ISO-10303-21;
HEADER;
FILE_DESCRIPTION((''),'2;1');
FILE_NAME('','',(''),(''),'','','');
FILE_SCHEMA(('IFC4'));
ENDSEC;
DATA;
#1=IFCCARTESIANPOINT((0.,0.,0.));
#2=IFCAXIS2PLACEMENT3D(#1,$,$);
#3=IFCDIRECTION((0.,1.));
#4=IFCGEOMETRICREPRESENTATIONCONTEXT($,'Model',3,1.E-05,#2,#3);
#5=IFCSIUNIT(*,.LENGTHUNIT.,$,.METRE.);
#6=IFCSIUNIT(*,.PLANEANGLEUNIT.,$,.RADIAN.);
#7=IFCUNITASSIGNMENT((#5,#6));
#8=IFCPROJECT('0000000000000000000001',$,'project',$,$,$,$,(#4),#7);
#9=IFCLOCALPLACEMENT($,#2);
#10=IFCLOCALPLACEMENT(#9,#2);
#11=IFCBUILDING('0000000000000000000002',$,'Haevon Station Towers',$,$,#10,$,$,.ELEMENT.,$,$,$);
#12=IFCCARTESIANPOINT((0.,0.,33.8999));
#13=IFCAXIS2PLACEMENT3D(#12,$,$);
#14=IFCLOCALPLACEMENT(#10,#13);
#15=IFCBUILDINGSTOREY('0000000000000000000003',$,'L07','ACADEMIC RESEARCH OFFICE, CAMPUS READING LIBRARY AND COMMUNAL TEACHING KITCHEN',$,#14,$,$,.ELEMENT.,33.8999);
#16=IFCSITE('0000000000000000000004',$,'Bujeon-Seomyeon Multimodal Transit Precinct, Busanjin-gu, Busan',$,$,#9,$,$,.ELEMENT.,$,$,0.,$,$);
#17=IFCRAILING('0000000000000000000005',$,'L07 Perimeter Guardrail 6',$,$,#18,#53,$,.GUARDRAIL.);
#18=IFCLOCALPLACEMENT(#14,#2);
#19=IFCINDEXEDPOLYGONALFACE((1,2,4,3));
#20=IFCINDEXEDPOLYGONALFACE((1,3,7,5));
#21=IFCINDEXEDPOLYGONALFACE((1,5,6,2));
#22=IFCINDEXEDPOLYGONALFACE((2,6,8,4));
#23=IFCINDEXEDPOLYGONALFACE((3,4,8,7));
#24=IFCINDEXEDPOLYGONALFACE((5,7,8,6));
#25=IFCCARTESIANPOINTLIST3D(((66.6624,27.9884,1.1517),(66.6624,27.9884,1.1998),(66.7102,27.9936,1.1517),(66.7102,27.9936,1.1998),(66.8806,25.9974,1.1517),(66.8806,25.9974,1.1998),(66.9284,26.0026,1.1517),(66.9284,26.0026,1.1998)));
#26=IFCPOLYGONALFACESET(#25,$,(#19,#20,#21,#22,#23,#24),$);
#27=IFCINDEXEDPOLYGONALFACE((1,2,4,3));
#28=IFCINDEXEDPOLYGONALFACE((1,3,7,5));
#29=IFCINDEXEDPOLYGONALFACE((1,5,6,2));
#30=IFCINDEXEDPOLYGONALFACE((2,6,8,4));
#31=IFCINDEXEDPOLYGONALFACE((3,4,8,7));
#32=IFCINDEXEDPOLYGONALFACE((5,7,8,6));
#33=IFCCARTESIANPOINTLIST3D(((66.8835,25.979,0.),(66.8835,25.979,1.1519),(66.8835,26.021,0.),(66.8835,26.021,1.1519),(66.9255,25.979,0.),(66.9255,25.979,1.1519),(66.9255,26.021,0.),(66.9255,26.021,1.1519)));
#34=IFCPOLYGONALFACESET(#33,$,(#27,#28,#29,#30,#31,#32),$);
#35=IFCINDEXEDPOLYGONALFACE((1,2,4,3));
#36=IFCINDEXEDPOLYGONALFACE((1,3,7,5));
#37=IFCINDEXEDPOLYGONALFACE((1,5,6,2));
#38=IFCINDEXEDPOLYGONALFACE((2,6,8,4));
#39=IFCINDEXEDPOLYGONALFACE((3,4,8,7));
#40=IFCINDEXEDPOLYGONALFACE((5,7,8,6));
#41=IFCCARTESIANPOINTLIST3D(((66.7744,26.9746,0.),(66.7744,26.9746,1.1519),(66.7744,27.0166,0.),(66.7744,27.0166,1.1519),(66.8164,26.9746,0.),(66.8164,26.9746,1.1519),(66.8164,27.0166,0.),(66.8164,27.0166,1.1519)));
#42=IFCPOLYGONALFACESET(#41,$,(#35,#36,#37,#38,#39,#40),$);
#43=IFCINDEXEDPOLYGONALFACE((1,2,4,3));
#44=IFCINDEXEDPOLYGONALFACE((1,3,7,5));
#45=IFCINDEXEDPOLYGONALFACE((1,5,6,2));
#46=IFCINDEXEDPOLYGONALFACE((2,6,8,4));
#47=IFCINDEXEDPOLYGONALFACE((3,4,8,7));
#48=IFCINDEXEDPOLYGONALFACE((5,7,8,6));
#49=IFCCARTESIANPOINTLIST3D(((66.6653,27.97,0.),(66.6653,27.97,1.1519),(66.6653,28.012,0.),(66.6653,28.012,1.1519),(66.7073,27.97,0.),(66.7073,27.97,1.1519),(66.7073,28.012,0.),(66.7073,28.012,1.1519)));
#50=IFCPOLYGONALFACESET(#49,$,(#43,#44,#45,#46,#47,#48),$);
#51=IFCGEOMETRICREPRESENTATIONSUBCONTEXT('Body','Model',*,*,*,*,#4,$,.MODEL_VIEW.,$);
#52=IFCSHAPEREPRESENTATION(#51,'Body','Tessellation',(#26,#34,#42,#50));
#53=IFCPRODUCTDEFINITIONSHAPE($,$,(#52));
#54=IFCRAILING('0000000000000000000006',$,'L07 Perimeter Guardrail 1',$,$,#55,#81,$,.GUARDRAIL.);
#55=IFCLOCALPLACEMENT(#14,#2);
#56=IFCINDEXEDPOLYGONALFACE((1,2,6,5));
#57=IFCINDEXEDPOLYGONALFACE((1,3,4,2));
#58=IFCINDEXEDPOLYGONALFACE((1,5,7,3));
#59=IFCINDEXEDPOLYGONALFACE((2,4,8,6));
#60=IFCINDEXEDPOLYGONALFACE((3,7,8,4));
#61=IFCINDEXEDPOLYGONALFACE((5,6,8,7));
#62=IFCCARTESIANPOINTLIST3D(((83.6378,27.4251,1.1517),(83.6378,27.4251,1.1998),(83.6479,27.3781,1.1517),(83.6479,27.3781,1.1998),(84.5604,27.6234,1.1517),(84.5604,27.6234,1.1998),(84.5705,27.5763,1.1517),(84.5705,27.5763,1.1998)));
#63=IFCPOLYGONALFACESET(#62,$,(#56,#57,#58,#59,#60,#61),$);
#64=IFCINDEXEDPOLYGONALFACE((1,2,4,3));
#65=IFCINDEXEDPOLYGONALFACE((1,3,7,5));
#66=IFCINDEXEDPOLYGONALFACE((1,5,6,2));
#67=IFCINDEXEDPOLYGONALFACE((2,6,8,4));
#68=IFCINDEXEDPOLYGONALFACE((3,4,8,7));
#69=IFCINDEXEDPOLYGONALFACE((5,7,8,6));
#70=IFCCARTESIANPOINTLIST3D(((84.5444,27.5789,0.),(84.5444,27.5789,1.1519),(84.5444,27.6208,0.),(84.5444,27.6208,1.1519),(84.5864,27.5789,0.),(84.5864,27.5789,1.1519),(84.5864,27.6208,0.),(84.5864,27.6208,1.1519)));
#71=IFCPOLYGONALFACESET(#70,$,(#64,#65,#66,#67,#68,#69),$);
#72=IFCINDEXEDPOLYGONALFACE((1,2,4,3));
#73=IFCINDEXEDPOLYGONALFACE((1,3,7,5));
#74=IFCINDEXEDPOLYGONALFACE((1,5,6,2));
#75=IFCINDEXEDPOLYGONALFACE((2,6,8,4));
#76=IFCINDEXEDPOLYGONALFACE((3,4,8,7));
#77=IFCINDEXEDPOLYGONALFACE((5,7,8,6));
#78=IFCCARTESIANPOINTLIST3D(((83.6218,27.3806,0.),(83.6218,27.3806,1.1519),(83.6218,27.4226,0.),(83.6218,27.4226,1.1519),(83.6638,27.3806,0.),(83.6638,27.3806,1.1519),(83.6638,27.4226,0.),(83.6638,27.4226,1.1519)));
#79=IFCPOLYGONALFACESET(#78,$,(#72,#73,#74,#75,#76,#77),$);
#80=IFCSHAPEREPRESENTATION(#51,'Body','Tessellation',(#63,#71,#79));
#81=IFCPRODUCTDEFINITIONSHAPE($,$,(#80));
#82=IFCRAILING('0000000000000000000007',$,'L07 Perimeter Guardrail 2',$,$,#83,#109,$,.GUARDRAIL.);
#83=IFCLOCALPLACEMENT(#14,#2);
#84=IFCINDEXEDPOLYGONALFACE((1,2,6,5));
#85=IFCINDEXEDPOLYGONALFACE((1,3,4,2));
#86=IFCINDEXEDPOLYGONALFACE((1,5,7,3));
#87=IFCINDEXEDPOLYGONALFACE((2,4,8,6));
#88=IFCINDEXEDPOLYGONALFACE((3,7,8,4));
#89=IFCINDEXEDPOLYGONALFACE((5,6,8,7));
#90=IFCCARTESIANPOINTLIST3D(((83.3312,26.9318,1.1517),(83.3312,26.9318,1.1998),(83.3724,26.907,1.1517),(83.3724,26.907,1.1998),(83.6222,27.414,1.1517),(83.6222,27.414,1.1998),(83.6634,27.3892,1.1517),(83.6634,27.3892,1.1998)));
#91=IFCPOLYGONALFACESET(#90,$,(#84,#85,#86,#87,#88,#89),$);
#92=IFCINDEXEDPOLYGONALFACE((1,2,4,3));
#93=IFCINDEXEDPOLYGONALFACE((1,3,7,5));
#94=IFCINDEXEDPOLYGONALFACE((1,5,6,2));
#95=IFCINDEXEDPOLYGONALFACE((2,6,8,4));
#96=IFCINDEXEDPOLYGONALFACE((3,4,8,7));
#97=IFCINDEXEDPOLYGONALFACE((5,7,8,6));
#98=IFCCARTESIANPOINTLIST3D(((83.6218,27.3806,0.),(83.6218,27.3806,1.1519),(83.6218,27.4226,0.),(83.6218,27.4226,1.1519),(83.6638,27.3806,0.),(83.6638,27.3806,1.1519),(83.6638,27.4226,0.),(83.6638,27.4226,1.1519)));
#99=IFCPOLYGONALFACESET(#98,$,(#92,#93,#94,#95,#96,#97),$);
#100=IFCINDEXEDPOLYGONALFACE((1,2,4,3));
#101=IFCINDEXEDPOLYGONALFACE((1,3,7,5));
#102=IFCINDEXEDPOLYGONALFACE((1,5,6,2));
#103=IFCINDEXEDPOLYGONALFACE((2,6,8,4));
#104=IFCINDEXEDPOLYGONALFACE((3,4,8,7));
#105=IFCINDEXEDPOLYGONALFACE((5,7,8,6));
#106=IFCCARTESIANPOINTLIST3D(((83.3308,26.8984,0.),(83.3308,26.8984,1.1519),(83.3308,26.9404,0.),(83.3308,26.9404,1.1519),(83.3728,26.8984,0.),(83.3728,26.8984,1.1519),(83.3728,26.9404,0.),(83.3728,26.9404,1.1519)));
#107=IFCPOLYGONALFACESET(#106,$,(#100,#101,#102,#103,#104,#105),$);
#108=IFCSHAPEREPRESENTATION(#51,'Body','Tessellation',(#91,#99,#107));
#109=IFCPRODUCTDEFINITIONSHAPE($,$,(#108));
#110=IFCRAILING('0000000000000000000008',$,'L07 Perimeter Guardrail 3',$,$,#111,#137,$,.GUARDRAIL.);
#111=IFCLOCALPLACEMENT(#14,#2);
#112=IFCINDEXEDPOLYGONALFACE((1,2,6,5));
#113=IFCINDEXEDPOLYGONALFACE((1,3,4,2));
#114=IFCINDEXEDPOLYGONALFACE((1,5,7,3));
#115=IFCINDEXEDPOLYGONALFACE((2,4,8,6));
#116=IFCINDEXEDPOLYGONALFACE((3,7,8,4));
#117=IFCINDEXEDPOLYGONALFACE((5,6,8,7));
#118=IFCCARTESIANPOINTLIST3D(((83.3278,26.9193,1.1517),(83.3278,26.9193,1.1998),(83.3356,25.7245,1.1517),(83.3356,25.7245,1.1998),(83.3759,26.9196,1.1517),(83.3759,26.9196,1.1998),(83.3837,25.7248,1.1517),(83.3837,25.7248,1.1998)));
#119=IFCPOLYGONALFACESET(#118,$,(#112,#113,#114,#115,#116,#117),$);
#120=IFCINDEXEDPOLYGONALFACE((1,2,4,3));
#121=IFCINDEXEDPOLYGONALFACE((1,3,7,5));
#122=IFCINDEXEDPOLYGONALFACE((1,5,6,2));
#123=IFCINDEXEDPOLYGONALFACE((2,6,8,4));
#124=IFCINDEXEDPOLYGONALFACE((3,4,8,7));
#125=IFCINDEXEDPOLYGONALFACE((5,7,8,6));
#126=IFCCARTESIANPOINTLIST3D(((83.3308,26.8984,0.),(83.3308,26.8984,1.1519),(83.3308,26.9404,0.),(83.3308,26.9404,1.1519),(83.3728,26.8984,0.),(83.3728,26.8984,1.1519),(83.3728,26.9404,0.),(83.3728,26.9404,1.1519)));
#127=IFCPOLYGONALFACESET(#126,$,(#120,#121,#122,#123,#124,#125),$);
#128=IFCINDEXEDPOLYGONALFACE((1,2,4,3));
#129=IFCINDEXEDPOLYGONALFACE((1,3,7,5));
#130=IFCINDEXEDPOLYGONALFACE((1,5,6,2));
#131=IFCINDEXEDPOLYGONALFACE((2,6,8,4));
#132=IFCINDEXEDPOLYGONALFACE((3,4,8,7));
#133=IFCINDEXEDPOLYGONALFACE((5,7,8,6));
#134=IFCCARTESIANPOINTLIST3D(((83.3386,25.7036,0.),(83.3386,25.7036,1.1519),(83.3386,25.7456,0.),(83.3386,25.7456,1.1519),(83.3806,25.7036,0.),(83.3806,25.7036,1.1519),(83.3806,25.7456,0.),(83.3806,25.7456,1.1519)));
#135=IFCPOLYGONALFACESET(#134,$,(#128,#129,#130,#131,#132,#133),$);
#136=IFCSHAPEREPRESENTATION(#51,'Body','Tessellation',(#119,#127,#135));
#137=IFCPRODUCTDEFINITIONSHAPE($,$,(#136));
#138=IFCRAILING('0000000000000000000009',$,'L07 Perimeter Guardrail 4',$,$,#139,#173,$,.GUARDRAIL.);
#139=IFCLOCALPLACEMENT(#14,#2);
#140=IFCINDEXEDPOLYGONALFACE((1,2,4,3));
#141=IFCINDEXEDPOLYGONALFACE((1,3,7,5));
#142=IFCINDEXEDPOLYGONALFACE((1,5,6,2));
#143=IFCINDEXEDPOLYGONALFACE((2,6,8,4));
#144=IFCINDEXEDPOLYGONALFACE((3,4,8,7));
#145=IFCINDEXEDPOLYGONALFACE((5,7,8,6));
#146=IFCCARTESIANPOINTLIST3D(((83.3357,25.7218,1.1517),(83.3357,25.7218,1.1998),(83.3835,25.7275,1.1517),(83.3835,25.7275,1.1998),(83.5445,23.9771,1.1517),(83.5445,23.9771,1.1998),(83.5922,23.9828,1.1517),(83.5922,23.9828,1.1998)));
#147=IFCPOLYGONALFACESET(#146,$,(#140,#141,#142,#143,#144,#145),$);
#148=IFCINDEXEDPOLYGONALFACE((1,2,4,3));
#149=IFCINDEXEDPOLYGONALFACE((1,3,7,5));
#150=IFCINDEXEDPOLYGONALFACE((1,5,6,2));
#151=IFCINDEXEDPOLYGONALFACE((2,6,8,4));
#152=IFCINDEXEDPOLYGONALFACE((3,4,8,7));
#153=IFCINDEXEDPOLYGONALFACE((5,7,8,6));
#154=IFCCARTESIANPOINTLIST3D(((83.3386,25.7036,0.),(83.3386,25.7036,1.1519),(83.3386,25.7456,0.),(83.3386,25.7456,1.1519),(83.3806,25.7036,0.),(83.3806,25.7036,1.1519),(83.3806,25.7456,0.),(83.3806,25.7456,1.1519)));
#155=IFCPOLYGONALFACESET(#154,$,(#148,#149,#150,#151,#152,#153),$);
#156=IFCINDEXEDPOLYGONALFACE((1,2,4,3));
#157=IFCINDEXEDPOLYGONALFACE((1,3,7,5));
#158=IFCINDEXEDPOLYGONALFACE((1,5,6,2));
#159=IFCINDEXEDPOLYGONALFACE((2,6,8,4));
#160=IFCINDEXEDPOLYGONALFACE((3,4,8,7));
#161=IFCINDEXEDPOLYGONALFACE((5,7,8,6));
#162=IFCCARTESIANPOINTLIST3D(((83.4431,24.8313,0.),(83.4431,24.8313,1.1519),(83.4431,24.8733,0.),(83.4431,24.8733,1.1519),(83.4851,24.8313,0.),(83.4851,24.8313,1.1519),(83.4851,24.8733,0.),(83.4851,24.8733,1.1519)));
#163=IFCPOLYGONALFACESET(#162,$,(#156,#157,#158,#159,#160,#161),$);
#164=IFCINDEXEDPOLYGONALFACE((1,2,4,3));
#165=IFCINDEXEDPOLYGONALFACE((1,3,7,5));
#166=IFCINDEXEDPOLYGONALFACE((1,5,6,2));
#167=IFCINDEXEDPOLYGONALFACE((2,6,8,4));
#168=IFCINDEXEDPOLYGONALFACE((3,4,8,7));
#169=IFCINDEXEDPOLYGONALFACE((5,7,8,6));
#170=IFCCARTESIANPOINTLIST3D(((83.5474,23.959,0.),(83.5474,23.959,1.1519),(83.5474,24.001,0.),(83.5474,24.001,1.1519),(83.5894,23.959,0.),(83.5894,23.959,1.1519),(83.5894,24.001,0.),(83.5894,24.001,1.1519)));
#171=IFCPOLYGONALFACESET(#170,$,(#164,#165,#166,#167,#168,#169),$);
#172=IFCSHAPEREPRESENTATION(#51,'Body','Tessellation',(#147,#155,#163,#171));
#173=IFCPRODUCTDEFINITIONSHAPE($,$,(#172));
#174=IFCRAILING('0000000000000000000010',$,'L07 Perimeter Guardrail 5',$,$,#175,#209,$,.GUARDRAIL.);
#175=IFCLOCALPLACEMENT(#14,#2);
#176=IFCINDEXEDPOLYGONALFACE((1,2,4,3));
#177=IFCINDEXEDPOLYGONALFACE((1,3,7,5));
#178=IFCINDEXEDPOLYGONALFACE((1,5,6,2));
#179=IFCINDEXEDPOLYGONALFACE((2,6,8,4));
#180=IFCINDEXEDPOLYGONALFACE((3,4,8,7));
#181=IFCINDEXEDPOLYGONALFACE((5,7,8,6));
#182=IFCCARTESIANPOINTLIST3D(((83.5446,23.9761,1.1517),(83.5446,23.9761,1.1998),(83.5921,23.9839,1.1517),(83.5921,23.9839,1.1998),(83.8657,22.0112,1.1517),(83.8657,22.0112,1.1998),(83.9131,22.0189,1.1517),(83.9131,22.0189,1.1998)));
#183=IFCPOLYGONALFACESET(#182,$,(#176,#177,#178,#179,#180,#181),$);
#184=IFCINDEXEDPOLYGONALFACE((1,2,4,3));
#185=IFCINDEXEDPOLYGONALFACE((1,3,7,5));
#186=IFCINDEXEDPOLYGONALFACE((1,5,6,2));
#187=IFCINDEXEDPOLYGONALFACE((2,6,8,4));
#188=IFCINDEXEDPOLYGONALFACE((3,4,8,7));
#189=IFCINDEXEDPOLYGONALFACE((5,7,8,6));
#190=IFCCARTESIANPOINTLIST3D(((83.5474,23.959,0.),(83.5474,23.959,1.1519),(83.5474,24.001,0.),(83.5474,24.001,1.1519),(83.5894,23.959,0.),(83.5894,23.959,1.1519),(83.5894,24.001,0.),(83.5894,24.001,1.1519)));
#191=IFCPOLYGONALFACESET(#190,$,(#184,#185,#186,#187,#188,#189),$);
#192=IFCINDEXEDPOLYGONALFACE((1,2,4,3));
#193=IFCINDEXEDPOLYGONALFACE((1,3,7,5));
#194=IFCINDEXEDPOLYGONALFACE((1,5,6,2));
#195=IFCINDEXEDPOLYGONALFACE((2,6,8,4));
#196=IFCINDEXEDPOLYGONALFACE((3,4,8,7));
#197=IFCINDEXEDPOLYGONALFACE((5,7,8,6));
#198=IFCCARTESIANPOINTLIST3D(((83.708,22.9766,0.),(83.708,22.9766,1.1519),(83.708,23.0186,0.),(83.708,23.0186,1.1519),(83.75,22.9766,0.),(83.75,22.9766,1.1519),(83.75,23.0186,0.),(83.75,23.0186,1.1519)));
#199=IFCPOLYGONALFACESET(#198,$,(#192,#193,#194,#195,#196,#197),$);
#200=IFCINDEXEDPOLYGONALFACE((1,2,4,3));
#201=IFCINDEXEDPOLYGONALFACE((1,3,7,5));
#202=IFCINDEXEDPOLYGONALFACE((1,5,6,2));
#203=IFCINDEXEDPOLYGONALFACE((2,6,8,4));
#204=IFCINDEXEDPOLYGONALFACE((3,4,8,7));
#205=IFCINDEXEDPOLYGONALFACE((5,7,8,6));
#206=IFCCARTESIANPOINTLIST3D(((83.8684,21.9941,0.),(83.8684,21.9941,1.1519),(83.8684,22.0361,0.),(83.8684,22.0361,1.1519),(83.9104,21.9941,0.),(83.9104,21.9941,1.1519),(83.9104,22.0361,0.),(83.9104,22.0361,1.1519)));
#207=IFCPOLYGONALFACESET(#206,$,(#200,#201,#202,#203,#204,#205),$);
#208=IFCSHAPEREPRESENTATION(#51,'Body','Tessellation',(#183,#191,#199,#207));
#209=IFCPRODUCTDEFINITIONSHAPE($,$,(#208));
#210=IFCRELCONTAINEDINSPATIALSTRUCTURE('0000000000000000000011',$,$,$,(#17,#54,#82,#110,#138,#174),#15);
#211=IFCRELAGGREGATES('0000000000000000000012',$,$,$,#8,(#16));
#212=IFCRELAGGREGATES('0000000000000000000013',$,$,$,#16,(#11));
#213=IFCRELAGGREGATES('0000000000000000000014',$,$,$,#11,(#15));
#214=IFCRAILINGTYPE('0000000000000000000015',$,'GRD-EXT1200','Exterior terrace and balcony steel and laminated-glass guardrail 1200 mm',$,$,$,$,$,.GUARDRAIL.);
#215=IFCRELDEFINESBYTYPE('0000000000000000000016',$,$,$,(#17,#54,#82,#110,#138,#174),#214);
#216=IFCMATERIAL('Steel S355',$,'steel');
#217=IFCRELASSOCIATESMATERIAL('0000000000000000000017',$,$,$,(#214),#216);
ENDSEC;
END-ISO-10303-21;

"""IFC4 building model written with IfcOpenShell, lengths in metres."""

from ifc_helpers import new_model, si_unit, direction, frame, origin, origin_2d, place, context, subcontext, project, spatial, rectangle, extrude, material, type_object, element, save


model = new_model("IFC4")

# Units and contexts
model_context = context("Model", 3, precision=1e-05, world=origin(), true_north=direction((0.0, 1.0)))
body_context = subcontext(model_context, "Body", "Model", "MODEL_VIEW")
ifc_project = project(units=[si_unit("LENGTHUNIT", "METRE"), si_unit("PLANEANGLEUNIT", "RADIAN")], contexts=[model_context])

# Site, building, storey
site_placement = place(None, origin())
site = spatial("IfcSite", under=ifc_project, at=site_placement, Name="Bujeon-Seomyeon Multimodal Transit Precinct, Busanjin-gu, Busan", CompositionType="ELEMENT", RefElevation=0.0)
building_placement = place(site_placement, origin())
building = spatial("IfcBuilding", under=site, at=building_placement, Name="Haevon Station Towers", CompositionType="ELEMENT")
storey_placement = place(building_placement, frame((0.0, 0.0, 33.8999)))
storey = spatial("IfcBuildingStorey", under=building, at=storey_placement, Name="L07", Description="ACADEMIC RESEARCH OFFICE, CAMPUS READING LIBRARY AND COMMUNAL TEACHING KITCHEN", CompositionType="ELEMENT", Elevation=33.8999)

# Shared definitions
ifc_material_1 = material(Name="Steel S355", Category="steel")

# Railings
railing_type = type_object("IfcRailingType", Name="GRD-EXT1200", Description="Exterior terrace and balcony steel and laminated-glass guardrail 1200 mm", PredefinedType="GUARDRAIL", material=ifc_material_1)
railing_1_placement = place(storey_placement, frame((66.9045, 26.0, 0.0)))
element("IfcRailing", 1, at=railing_1_placement, inside=storey, type_object=railing_type, Name="L07 Perimeter Guardrail 6", PredefinedType="GUARDRAIL", context=body_context, shape_type="SweptSolid", body=[
    extrude(rectangle(XDim=0.0481, YDim=0.0481, at=origin_2d()), frame((0.0, 0.0, 1.1758), z_axis=(-0.108973, 0.994045, 0.0), x_axis=(-0.994045, -0.108973, 0.0)), (0.0, 0.0, 1.0), 2.0029),
    extrude(rectangle(XDim=0.042, YDim=0.042, at=origin_2d()), origin(), (0.0, 0.0, 1.0), 1.1519),
    extrude(rectangle(XDim=0.042, YDim=0.042, at=origin_2d()), frame((-0.1091, 0.9956, 0.0)), (0.0, 0.0, 1.0), 1.1519),
    extrude(rectangle(XDim=0.042, YDim=0.042, at=origin_2d()), frame((-0.2183, 1.991, 0.0)), (0.0, 0.0, 1.0), 1.1519),
])
railing_2_placement = place(storey_placement, frame((84.5654, 27.5999, 0.0)))
element("IfcRailing", 2, at=railing_2_placement, inside=storey, type_object=railing_type, Name="L07 Perimeter Guardrail 1", PredefinedType="GUARDRAIL", context=body_context, shape_type="SweptSolid", body=[
    extrude(rectangle(XDim=0.0481, YDim=0.0481, at=origin_2d()), frame((0.0, 0.0, 1.1758), z_axis=(-0.977685, -0.210077, 0.0), x_axis=(0.210077, -0.977685, 0.0)), (0.0, 0.0, 1.0), 0.9436),
    extrude(rectangle(XDim=0.042, YDim=0.042, at=origin_2d()), origin(), (0.0, 0.0, 1.0), 1.1519),
    extrude(rectangle(XDim=0.042, YDim=0.042, at=origin_2d()), frame((-0.9226, -0.1982, 0.0)), (0.0, 0.0, 1.0), 1.1519),
])
railing_3_placement = place(storey_placement, frame((83.6428, 27.4016, 0.0)))
element("IfcRailing", 3, at=railing_3_placement, inside=storey, type_object=railing_type, Name="L07 Perimeter Guardrail 2", PredefinedType="GUARDRAIL", context=body_context, shape_type="SweptSolid", body=[
    extrude(rectangle(XDim=0.0481, YDim=0.0481, at=origin_2d()), frame((0.0, 0.0, 1.1758), z_axis=(-0.516725, -0.856151, 0.0), x_axis=(0.856151, -0.516725, 0.0)), (0.0, 0.0, 1.0), 0.5632),
    extrude(rectangle(XDim=0.042, YDim=0.042, at=origin_2d()), origin(), (0.0, 0.0, 1.0), 1.1519),
    extrude(rectangle(XDim=0.042, YDim=0.042, at=origin_2d()), frame((-0.291, -0.4822, 0.0)), (0.0, 0.0, 1.0), 1.1519),
])
railing_4_placement = place(storey_placement, frame((83.3518, 26.9194, 0.0)))
element("IfcRailing", 4, at=railing_4_placement, inside=storey, type_object=railing_type, Name="L07 Perimeter Guardrail 3", PredefinedType="GUARDRAIL", context=body_context, shape_type="SweptSolid", body=[
    extrude(rectangle(XDim=0.0481, YDim=0.0481, at=origin_2d()), frame((0.0, 0.0, 1.1758), z_axis=(0.006538, -0.999979, 0.0), x_axis=(0.999979, 0.006538, 0.0)), (0.0, 0.0, 1.0), 1.1948),
    extrude(rectangle(XDim=0.042, YDim=0.042, at=origin_2d()), origin(), (0.0, 0.0, 1.0), 1.1519),
    extrude(rectangle(XDim=0.042, YDim=0.042, at=origin_2d()), frame((0.0078, -1.1948, 0.0)), (0.0, 0.0, 1.0), 1.1519),
])
railing_5_placement = place(storey_placement, frame((83.3596, 25.7246, 0.0)))
element("IfcRailing", 5, at=railing_5_placement, inside=storey, type_object=railing_type, Name="L07 Perimeter Guardrail 4", PredefinedType="GUARDRAIL", context=body_context, shape_type="SweptSolid", body=[
    extrude(rectangle(XDim=0.0481, YDim=0.0481, at=origin_2d()), frame((0.0, 0.0, 1.1758), z_axis=(0.1188, -0.992918, 0.0), x_axis=(0.992918, 0.1188, 0.0)), (0.0, 0.0, 1.0), 1.7571),
    extrude(rectangle(XDim=0.042, YDim=0.042, at=origin_2d()), origin(), (0.0, 0.0, 1.0), 1.1519),
    extrude(rectangle(XDim=0.042, YDim=0.042, at=origin_2d()), frame((0.1045, -0.8723, 0.0)), (0.0, 0.0, 1.0), 1.1519),
    extrude(rectangle(XDim=0.042, YDim=0.042, at=origin_2d()), frame((0.2087, -1.7446, 0.0)), (0.0, 0.0, 1.0), 1.1519),
])
railing_6_placement = place(storey_placement, frame((83.5684, 23.98, 0.0)))
element("IfcRailing", 6, at=railing_6_placement, inside=storey, type_object=railing_type, Name="L07 Perimeter Guardrail 5", PredefinedType="GUARDRAIL", context=body_context, shape_type="SweptSolid", body=[
    extrude(rectangle(XDim=0.0481, YDim=0.0481, at=origin_2d()), frame((0.0, 0.0, 1.1758), z_axis=(0.161256, -0.986913, 0.0), x_axis=(0.986913, 0.161256, 0.0)), (0.0, 0.0, 1.0), 1.991),
    extrude(rectangle(XDim=0.042, YDim=0.042, at=origin_2d()), origin(), (0.0, 0.0, 1.0), 1.1519),
    extrude(rectangle(XDim=0.042, YDim=0.042, at=origin_2d()), frame((0.1606, -0.9824, 0.0)), (0.0, 0.0, 1.0), 1.1519),
    extrude(rectangle(XDim=0.042, YDim=0.042, at=origin_2d()), frame((0.321, -1.9648, 0.0)), (0.0, 0.0, 1.0), 1.1519),
])

save(model, "model.ifc")
